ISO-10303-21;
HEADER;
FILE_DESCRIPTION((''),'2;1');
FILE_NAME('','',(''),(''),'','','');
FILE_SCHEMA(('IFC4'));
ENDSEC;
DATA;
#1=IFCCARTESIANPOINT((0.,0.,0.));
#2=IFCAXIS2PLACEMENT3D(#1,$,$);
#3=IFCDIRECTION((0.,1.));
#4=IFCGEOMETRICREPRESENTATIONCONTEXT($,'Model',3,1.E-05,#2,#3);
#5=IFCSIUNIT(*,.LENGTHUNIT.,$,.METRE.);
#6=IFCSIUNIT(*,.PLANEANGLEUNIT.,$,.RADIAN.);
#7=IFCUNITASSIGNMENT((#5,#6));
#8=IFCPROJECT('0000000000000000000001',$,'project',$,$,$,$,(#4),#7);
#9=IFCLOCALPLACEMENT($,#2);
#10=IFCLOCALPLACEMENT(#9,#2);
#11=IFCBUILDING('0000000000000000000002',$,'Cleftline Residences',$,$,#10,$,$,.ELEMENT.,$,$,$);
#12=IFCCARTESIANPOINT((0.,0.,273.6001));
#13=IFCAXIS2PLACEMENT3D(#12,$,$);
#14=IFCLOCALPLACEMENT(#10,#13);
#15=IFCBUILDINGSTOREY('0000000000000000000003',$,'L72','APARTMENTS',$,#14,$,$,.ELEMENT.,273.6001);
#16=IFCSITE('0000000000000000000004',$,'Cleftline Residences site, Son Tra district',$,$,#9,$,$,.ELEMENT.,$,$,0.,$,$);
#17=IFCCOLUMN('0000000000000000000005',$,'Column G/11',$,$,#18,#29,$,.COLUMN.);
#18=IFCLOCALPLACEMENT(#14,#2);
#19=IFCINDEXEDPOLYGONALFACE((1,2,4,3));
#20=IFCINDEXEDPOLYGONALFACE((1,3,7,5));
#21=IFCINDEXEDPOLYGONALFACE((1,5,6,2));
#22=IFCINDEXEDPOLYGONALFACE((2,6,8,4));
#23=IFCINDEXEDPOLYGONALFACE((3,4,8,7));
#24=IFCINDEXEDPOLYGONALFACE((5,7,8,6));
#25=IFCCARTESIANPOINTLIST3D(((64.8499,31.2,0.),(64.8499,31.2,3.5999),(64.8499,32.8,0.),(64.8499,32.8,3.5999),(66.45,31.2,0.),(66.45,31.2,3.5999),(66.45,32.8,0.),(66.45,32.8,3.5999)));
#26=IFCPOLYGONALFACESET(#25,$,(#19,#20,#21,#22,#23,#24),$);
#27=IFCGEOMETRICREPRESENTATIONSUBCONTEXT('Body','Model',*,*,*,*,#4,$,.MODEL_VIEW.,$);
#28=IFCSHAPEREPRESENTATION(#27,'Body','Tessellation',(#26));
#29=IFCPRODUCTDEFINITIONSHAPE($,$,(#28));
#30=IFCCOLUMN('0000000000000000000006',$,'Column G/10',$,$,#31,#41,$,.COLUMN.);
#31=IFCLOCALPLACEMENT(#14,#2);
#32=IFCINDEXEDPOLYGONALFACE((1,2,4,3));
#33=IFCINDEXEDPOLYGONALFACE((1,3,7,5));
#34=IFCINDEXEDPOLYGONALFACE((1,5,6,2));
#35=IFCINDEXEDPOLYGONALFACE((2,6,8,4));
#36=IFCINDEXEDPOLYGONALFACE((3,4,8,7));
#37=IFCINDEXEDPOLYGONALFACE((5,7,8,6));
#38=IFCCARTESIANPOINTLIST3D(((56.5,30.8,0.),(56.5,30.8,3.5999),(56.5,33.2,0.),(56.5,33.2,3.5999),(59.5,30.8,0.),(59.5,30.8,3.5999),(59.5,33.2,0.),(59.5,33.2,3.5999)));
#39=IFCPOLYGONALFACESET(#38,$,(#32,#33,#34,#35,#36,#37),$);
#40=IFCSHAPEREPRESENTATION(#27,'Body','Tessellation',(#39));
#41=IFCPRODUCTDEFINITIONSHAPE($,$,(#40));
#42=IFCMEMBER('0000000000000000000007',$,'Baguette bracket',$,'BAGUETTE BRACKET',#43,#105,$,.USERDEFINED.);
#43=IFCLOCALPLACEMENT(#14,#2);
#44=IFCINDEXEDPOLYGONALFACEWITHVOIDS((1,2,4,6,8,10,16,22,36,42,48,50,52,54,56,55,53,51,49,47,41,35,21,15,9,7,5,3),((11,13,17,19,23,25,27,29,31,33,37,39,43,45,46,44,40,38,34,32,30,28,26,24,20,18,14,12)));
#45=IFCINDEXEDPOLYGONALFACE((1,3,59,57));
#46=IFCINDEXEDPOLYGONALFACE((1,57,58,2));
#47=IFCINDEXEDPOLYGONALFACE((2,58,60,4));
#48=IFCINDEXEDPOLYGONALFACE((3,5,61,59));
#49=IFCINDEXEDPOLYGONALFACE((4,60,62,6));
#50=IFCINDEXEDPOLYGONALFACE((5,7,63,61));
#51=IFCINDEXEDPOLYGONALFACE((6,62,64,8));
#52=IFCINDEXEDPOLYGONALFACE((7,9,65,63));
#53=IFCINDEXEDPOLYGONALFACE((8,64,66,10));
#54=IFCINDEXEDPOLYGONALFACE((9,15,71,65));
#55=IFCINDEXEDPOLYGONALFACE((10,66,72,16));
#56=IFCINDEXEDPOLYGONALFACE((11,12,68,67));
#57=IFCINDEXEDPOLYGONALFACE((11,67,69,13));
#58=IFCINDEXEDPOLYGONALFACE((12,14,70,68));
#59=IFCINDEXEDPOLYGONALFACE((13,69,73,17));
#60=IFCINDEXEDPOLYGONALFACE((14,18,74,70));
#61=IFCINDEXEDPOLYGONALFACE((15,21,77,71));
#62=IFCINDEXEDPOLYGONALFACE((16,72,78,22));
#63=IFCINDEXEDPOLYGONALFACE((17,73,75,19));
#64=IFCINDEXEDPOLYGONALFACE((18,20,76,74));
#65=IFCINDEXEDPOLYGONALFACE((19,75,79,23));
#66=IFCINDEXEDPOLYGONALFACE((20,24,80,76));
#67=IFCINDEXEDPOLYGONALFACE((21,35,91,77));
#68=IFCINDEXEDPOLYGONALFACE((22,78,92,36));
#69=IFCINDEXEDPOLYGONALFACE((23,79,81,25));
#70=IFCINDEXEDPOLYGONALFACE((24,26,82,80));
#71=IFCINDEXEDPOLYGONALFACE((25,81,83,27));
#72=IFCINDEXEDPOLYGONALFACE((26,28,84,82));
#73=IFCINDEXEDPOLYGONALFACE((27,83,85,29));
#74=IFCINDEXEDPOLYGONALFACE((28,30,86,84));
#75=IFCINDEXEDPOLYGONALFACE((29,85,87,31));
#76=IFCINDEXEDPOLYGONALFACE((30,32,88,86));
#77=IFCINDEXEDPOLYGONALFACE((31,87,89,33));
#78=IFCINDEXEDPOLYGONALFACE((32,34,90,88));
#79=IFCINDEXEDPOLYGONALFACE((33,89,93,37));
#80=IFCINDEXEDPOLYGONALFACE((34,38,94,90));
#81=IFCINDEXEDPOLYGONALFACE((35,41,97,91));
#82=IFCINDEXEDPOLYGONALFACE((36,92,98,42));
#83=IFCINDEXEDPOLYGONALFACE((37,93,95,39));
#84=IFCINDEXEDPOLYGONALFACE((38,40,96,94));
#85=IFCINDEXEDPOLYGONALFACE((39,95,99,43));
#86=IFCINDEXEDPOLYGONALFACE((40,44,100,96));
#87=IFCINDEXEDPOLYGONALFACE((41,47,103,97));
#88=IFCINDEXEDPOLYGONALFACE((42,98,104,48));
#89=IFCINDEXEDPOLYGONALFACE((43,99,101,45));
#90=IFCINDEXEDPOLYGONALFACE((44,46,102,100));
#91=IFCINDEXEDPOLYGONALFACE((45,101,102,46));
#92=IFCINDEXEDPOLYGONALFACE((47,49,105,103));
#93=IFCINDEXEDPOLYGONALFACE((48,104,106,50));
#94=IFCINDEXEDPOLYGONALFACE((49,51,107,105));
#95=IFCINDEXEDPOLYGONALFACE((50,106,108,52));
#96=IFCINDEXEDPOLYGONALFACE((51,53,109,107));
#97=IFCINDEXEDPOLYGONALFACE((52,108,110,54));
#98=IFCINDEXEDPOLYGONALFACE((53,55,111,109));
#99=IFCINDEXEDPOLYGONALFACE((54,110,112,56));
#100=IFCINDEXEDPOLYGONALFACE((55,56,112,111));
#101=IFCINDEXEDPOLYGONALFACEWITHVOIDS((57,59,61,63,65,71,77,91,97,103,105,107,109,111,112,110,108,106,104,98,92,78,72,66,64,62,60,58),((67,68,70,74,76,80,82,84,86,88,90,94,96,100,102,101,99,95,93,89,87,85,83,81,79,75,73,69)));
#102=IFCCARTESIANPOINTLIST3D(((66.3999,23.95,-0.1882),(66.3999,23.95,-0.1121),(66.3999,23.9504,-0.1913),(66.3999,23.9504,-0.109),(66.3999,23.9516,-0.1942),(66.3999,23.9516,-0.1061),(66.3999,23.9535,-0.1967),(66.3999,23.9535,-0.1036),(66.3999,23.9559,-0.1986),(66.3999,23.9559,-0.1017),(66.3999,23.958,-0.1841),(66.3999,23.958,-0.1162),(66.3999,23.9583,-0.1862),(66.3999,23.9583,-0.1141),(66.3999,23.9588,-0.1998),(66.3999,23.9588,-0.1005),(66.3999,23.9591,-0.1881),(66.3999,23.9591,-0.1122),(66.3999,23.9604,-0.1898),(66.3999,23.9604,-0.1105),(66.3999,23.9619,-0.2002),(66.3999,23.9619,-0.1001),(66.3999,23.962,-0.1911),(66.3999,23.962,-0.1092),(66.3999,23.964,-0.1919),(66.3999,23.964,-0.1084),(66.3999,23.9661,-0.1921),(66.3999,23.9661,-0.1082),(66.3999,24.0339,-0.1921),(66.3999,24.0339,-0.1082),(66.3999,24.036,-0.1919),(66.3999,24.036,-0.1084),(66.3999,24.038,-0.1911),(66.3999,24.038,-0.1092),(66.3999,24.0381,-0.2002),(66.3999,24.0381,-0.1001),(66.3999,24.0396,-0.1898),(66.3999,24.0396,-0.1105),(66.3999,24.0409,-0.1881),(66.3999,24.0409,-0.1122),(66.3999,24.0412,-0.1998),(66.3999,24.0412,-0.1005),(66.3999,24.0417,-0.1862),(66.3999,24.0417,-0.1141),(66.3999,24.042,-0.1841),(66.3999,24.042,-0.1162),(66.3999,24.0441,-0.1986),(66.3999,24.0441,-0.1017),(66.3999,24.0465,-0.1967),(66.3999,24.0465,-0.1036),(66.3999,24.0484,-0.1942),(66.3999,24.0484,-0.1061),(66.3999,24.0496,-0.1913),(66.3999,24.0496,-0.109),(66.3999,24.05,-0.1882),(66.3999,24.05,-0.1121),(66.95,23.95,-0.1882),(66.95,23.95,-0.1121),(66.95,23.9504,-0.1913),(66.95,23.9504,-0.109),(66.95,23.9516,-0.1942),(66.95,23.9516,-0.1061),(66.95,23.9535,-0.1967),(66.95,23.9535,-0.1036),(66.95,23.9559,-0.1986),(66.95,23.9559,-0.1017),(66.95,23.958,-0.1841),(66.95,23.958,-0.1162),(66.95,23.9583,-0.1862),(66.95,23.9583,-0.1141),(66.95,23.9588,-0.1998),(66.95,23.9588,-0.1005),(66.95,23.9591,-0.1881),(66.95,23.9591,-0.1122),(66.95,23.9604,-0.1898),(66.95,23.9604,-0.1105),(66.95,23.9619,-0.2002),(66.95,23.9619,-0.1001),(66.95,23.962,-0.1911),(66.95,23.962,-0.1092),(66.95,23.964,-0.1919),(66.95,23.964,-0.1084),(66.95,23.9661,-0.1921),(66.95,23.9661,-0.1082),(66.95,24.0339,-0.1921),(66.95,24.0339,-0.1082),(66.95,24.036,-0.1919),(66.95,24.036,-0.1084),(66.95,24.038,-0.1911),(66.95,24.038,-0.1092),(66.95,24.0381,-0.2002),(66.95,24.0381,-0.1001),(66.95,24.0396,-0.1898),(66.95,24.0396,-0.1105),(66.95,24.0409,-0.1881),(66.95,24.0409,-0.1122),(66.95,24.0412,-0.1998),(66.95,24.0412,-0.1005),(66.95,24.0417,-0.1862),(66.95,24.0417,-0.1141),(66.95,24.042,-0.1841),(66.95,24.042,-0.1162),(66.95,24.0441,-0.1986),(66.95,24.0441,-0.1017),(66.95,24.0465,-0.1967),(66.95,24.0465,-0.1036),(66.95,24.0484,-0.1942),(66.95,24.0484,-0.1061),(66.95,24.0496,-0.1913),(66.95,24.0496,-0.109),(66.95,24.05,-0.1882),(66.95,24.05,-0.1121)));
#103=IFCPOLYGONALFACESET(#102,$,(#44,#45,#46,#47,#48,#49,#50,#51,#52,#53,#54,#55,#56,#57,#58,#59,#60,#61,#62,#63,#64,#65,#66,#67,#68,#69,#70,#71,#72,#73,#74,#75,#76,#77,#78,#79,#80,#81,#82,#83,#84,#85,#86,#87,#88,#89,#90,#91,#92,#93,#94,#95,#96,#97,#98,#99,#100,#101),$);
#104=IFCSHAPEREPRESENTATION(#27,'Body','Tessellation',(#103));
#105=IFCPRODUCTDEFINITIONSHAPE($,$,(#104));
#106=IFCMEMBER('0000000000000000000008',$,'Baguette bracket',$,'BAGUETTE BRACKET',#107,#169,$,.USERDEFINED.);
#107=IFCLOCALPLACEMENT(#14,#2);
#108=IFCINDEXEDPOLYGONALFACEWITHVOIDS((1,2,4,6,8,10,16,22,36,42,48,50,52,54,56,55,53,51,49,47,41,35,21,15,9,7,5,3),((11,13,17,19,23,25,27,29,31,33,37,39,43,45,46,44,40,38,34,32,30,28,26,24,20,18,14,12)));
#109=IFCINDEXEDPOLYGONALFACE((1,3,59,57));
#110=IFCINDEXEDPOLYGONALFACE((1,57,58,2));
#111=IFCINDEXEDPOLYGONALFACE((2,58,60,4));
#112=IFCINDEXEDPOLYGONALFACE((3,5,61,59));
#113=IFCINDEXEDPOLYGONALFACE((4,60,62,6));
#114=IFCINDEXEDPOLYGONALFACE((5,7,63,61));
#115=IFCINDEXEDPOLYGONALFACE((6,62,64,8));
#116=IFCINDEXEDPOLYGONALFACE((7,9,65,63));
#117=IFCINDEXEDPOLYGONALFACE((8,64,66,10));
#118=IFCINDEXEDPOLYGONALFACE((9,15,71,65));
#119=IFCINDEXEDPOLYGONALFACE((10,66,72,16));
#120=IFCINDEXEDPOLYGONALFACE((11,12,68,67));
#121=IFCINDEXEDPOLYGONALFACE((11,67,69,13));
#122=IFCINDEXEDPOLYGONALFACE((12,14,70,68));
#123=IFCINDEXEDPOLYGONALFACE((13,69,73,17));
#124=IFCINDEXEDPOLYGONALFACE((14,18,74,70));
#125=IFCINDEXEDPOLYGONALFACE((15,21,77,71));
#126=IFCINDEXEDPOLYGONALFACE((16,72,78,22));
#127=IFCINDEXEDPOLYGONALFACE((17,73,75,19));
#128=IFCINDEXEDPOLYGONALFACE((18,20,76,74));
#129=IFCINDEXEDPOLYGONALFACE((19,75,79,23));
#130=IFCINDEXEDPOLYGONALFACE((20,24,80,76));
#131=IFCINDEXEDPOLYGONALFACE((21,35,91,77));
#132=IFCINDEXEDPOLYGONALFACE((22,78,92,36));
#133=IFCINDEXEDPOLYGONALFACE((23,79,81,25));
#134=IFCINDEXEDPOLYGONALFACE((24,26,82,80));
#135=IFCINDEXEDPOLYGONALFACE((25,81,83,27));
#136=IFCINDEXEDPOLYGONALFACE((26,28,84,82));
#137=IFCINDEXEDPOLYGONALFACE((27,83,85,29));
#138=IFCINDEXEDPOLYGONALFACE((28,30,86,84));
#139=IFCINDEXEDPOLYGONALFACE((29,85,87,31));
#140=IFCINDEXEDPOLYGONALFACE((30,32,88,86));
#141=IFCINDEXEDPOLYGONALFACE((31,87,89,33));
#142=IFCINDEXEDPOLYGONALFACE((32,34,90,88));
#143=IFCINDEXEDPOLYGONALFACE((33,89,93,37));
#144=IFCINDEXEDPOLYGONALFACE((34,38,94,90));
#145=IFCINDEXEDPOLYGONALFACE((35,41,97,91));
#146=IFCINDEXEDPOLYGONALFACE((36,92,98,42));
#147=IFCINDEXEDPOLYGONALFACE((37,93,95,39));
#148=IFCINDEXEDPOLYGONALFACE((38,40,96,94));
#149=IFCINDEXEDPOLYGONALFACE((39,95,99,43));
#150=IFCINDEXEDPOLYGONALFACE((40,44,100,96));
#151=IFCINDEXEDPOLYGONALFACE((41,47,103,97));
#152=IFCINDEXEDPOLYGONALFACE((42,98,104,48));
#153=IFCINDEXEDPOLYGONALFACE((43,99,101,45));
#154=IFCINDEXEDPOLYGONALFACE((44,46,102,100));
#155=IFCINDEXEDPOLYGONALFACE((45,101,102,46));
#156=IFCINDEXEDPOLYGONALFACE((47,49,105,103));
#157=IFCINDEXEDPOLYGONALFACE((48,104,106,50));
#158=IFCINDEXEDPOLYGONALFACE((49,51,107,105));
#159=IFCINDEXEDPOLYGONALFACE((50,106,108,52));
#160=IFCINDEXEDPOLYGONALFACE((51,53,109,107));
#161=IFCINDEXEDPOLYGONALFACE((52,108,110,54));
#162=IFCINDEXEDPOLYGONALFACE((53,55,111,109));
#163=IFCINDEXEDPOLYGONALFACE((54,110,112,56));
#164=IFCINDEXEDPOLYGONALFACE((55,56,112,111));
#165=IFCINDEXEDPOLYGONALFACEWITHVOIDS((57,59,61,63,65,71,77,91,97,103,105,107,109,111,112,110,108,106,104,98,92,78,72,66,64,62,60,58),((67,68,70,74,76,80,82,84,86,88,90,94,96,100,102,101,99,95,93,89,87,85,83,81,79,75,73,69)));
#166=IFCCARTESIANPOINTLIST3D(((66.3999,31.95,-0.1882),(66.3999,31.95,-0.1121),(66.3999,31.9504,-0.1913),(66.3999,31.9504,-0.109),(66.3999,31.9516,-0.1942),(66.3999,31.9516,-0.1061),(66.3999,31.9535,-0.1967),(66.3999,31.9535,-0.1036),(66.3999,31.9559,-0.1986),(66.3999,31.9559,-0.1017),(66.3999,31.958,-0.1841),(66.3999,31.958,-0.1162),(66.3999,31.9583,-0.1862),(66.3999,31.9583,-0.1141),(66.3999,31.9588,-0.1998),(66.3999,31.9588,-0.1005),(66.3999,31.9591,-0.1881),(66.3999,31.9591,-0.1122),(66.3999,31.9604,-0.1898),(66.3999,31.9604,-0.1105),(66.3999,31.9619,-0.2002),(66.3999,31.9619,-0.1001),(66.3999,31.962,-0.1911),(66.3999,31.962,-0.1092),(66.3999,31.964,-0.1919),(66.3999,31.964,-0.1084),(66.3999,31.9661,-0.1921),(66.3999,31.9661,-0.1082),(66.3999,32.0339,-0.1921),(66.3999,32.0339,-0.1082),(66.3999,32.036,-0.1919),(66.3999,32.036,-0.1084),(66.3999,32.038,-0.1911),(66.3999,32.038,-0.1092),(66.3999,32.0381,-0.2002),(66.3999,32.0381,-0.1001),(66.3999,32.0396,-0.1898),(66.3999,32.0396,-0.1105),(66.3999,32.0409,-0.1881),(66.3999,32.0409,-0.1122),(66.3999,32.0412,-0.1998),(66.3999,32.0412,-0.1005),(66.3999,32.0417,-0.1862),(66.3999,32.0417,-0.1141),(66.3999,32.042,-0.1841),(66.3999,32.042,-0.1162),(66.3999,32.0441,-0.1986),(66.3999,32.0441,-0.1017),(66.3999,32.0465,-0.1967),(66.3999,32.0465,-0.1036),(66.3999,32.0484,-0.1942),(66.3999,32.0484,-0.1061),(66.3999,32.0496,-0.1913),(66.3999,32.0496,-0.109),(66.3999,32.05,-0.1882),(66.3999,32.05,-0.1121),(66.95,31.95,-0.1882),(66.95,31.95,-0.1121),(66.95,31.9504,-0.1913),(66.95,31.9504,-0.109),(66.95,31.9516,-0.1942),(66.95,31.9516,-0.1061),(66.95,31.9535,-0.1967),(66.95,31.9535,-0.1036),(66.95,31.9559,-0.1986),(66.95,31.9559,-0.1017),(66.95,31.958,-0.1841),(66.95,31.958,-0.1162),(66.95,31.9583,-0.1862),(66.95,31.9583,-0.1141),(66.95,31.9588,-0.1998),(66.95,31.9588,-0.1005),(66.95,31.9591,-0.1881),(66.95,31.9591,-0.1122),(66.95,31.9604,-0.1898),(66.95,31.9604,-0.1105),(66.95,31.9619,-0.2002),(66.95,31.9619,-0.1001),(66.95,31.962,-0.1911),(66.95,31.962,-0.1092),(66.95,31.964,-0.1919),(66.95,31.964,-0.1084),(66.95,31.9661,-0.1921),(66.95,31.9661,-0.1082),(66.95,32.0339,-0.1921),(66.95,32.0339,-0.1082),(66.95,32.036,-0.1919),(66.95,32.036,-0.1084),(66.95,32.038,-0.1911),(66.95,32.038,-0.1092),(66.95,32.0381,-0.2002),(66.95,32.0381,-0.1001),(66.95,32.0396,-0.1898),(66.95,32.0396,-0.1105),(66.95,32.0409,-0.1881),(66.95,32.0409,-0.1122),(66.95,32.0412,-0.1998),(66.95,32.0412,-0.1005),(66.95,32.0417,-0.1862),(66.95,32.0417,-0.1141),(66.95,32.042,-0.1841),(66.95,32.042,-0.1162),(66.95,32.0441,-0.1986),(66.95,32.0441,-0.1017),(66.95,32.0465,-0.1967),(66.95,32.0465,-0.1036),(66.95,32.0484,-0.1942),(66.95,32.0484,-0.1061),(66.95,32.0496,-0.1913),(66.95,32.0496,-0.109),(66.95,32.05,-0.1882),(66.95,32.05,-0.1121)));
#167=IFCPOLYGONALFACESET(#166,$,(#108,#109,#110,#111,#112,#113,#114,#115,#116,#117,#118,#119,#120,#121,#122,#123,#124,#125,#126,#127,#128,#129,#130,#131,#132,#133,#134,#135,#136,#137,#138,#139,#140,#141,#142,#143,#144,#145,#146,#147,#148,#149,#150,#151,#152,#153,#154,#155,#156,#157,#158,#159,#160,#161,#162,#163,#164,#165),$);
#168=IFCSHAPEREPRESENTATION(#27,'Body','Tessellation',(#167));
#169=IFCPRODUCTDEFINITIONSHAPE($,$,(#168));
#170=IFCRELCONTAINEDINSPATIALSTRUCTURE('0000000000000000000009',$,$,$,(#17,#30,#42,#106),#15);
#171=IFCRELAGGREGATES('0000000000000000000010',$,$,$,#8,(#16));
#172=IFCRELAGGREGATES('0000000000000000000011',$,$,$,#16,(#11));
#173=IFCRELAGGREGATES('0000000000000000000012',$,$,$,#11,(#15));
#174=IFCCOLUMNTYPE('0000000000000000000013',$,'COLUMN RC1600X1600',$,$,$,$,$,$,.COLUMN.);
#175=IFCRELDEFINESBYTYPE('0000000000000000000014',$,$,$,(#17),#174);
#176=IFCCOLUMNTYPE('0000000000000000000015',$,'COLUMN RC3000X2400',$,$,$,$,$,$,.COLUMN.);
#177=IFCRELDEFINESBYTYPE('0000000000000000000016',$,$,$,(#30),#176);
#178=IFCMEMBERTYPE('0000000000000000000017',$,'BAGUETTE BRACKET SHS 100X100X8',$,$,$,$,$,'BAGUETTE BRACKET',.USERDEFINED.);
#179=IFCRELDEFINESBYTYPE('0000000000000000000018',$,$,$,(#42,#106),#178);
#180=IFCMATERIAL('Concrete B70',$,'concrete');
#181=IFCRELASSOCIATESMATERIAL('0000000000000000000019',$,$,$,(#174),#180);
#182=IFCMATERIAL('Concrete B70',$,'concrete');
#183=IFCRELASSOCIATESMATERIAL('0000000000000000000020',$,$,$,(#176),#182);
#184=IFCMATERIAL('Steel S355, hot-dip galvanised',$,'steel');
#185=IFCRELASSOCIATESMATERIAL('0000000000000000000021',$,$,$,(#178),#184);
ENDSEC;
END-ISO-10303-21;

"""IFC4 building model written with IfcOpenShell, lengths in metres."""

from ifc_helpers import new_model, si_unit, direction, frame, origin, origin_2d, place, context, subcontext, project, spatial, rectangle, hollow_rectangle, extrude, material, material_profile, profile_set, type_object, element, save


model = new_model("IFC4")

# Units and contexts
model_context = context("Model", 3, precision=1e-05, world=origin(), true_north=direction((0.0, 1.0)))
body_context = subcontext(model_context, "Body", "Model", "MODEL_VIEW")
ifc_project = project(units=[si_unit("LENGTHUNIT", "METRE"), si_unit("PLANEANGLEUNIT", "RADIAN")], contexts=[model_context])

# Site, building, storey
site_placement = place(None, origin())
site = spatial("IfcSite", under=ifc_project, at=site_placement, Name="Cleftline Residences site, Son Tra district", CompositionType="ELEMENT", RefElevation=0.0)
building_placement = place(site_placement, origin())
building = spatial("IfcBuilding", under=site, at=building_placement, Name="Cleftline Residences", CompositionType="ELEMENT")
storey_placement = place(building_placement, frame((0.0, 0.0, 273.6001)))
storey = spatial("IfcBuildingStorey", under=building, at=storey_placement, Name="L72", Description="APARTMENTS", CompositionType="ELEMENT", Elevation=273.6001)

# Columns
ifc_material_1 = material(Name="Concrete B70", Category="concrete")
ifc_material_profile_1 = material_profile(ifc_material_1, rectangle(XDim=1.6001, YDim=1.6001, at=origin_2d()))
ifc_profile_set_1 = profile_set([ifc_material_profile_1], Name="Concrete B70")
column_type_1 = type_object("IfcColumnType", Name="COLUMN RC1600X1600", PredefinedType="COLUMN", material=ifc_profile_set_1)
column_1_placement = place(storey_placement, frame((65.6499, 32.0, 0.0), z_axis=(0.0, 0.0, 1.0), x_axis=(1.0, 0.0, 0.0)))
element("IfcColumn", 1, at=column_1_placement, inside=storey, type_object=column_type_1, Name="Column G/11", PredefinedType="COLUMN", context=body_context, shape_type="SweptSolid", body=[
    extrude(rectangle(XDim=1.6001, YDim=1.6001, at=origin_2d()), origin(), (0.0, 0.0, 1.0), 3.5999),
])
ifc_material_2 = material(Name="Concrete B70", Category="concrete")
ifc_material_profile_2 = material_profile(ifc_material_2, rectangle(XDim=3.0, YDim=2.3999, at=origin_2d()))
ifc_profile_set_2 = profile_set([ifc_material_profile_2], Name="Concrete B70")
column_type_2 = type_object("IfcColumnType", Name="COLUMN RC3000X2400", PredefinedType="COLUMN", material=ifc_profile_set_2)
column_2_placement = place(storey_placement, frame((58.0, 32.0, 0.0), z_axis=(0.0, 0.0, 1.0), x_axis=(1.0, 0.0, 0.0)))
element("IfcColumn", 2, at=column_2_placement, inside=storey, type_object=column_type_2, Name="Column G/10", PredefinedType="COLUMN", context=body_context, shape_type="SweptSolid", body=[
    extrude(rectangle(XDim=3.0, YDim=2.3999, at=origin_2d()), origin(), (0.0, 0.0, 1.0), 3.5999),
])

# Members
ifc_material_3 = material(Name="Steel S355, hot-dip galvanised", Category="steel")
ifc_material_profile_3 = material_profile(ifc_material_3, hollow_rectangle(XDim=0.1001, YDim=0.1001, WallThickness=0.0081, InnerFilletRadius=0.0081, OuterFilletRadius=0.012, at=origin_2d()))
ifc_profile_set_3 = profile_set([ifc_material_profile_3], Name="Steel S355, hot-dip galvanised")
member_type_1 = type_object("IfcMemberType", Name="BAGUETTE BRACKET SHS 100X100X8", ElementType="BAGUETTE BRACKET", PredefinedType="USERDEFINED", material=ifc_profile_set_3)
for number, where, z_axis, x_axis, name in (
    (3, (66.3999, 24.0, -0.1501), (1.0, 0.0, 0.0), (0.0, 1.0, 0.0), "Baguette bracket"),
    (4, (66.3999, 32.0, -0.1501), (1.0, 0.0, 0.0), (0.0, 1.0, 0.0), "Baguette bracket"),
):
    element("IfcMember", number, at=place(storey_placement, frame(where, z_axis=z_axis, x_axis=x_axis)), inside=storey, type_object=member_type_1, Name=name, ObjectType="BAGUETTE BRACKET", PredefinedType="USERDEFINED", context=body_context, shape_type="SweptSolid", body=[
        extrude(hollow_rectangle(XDim=0.1001, YDim=0.1001, WallThickness=0.0081, InnerFilletRadius=0.0081, OuterFilletRadius=0.012, at=origin_2d()), origin(), (0.0, 0.0, 1.0), 0.55),
    ])

save(model, "model.ifc")
